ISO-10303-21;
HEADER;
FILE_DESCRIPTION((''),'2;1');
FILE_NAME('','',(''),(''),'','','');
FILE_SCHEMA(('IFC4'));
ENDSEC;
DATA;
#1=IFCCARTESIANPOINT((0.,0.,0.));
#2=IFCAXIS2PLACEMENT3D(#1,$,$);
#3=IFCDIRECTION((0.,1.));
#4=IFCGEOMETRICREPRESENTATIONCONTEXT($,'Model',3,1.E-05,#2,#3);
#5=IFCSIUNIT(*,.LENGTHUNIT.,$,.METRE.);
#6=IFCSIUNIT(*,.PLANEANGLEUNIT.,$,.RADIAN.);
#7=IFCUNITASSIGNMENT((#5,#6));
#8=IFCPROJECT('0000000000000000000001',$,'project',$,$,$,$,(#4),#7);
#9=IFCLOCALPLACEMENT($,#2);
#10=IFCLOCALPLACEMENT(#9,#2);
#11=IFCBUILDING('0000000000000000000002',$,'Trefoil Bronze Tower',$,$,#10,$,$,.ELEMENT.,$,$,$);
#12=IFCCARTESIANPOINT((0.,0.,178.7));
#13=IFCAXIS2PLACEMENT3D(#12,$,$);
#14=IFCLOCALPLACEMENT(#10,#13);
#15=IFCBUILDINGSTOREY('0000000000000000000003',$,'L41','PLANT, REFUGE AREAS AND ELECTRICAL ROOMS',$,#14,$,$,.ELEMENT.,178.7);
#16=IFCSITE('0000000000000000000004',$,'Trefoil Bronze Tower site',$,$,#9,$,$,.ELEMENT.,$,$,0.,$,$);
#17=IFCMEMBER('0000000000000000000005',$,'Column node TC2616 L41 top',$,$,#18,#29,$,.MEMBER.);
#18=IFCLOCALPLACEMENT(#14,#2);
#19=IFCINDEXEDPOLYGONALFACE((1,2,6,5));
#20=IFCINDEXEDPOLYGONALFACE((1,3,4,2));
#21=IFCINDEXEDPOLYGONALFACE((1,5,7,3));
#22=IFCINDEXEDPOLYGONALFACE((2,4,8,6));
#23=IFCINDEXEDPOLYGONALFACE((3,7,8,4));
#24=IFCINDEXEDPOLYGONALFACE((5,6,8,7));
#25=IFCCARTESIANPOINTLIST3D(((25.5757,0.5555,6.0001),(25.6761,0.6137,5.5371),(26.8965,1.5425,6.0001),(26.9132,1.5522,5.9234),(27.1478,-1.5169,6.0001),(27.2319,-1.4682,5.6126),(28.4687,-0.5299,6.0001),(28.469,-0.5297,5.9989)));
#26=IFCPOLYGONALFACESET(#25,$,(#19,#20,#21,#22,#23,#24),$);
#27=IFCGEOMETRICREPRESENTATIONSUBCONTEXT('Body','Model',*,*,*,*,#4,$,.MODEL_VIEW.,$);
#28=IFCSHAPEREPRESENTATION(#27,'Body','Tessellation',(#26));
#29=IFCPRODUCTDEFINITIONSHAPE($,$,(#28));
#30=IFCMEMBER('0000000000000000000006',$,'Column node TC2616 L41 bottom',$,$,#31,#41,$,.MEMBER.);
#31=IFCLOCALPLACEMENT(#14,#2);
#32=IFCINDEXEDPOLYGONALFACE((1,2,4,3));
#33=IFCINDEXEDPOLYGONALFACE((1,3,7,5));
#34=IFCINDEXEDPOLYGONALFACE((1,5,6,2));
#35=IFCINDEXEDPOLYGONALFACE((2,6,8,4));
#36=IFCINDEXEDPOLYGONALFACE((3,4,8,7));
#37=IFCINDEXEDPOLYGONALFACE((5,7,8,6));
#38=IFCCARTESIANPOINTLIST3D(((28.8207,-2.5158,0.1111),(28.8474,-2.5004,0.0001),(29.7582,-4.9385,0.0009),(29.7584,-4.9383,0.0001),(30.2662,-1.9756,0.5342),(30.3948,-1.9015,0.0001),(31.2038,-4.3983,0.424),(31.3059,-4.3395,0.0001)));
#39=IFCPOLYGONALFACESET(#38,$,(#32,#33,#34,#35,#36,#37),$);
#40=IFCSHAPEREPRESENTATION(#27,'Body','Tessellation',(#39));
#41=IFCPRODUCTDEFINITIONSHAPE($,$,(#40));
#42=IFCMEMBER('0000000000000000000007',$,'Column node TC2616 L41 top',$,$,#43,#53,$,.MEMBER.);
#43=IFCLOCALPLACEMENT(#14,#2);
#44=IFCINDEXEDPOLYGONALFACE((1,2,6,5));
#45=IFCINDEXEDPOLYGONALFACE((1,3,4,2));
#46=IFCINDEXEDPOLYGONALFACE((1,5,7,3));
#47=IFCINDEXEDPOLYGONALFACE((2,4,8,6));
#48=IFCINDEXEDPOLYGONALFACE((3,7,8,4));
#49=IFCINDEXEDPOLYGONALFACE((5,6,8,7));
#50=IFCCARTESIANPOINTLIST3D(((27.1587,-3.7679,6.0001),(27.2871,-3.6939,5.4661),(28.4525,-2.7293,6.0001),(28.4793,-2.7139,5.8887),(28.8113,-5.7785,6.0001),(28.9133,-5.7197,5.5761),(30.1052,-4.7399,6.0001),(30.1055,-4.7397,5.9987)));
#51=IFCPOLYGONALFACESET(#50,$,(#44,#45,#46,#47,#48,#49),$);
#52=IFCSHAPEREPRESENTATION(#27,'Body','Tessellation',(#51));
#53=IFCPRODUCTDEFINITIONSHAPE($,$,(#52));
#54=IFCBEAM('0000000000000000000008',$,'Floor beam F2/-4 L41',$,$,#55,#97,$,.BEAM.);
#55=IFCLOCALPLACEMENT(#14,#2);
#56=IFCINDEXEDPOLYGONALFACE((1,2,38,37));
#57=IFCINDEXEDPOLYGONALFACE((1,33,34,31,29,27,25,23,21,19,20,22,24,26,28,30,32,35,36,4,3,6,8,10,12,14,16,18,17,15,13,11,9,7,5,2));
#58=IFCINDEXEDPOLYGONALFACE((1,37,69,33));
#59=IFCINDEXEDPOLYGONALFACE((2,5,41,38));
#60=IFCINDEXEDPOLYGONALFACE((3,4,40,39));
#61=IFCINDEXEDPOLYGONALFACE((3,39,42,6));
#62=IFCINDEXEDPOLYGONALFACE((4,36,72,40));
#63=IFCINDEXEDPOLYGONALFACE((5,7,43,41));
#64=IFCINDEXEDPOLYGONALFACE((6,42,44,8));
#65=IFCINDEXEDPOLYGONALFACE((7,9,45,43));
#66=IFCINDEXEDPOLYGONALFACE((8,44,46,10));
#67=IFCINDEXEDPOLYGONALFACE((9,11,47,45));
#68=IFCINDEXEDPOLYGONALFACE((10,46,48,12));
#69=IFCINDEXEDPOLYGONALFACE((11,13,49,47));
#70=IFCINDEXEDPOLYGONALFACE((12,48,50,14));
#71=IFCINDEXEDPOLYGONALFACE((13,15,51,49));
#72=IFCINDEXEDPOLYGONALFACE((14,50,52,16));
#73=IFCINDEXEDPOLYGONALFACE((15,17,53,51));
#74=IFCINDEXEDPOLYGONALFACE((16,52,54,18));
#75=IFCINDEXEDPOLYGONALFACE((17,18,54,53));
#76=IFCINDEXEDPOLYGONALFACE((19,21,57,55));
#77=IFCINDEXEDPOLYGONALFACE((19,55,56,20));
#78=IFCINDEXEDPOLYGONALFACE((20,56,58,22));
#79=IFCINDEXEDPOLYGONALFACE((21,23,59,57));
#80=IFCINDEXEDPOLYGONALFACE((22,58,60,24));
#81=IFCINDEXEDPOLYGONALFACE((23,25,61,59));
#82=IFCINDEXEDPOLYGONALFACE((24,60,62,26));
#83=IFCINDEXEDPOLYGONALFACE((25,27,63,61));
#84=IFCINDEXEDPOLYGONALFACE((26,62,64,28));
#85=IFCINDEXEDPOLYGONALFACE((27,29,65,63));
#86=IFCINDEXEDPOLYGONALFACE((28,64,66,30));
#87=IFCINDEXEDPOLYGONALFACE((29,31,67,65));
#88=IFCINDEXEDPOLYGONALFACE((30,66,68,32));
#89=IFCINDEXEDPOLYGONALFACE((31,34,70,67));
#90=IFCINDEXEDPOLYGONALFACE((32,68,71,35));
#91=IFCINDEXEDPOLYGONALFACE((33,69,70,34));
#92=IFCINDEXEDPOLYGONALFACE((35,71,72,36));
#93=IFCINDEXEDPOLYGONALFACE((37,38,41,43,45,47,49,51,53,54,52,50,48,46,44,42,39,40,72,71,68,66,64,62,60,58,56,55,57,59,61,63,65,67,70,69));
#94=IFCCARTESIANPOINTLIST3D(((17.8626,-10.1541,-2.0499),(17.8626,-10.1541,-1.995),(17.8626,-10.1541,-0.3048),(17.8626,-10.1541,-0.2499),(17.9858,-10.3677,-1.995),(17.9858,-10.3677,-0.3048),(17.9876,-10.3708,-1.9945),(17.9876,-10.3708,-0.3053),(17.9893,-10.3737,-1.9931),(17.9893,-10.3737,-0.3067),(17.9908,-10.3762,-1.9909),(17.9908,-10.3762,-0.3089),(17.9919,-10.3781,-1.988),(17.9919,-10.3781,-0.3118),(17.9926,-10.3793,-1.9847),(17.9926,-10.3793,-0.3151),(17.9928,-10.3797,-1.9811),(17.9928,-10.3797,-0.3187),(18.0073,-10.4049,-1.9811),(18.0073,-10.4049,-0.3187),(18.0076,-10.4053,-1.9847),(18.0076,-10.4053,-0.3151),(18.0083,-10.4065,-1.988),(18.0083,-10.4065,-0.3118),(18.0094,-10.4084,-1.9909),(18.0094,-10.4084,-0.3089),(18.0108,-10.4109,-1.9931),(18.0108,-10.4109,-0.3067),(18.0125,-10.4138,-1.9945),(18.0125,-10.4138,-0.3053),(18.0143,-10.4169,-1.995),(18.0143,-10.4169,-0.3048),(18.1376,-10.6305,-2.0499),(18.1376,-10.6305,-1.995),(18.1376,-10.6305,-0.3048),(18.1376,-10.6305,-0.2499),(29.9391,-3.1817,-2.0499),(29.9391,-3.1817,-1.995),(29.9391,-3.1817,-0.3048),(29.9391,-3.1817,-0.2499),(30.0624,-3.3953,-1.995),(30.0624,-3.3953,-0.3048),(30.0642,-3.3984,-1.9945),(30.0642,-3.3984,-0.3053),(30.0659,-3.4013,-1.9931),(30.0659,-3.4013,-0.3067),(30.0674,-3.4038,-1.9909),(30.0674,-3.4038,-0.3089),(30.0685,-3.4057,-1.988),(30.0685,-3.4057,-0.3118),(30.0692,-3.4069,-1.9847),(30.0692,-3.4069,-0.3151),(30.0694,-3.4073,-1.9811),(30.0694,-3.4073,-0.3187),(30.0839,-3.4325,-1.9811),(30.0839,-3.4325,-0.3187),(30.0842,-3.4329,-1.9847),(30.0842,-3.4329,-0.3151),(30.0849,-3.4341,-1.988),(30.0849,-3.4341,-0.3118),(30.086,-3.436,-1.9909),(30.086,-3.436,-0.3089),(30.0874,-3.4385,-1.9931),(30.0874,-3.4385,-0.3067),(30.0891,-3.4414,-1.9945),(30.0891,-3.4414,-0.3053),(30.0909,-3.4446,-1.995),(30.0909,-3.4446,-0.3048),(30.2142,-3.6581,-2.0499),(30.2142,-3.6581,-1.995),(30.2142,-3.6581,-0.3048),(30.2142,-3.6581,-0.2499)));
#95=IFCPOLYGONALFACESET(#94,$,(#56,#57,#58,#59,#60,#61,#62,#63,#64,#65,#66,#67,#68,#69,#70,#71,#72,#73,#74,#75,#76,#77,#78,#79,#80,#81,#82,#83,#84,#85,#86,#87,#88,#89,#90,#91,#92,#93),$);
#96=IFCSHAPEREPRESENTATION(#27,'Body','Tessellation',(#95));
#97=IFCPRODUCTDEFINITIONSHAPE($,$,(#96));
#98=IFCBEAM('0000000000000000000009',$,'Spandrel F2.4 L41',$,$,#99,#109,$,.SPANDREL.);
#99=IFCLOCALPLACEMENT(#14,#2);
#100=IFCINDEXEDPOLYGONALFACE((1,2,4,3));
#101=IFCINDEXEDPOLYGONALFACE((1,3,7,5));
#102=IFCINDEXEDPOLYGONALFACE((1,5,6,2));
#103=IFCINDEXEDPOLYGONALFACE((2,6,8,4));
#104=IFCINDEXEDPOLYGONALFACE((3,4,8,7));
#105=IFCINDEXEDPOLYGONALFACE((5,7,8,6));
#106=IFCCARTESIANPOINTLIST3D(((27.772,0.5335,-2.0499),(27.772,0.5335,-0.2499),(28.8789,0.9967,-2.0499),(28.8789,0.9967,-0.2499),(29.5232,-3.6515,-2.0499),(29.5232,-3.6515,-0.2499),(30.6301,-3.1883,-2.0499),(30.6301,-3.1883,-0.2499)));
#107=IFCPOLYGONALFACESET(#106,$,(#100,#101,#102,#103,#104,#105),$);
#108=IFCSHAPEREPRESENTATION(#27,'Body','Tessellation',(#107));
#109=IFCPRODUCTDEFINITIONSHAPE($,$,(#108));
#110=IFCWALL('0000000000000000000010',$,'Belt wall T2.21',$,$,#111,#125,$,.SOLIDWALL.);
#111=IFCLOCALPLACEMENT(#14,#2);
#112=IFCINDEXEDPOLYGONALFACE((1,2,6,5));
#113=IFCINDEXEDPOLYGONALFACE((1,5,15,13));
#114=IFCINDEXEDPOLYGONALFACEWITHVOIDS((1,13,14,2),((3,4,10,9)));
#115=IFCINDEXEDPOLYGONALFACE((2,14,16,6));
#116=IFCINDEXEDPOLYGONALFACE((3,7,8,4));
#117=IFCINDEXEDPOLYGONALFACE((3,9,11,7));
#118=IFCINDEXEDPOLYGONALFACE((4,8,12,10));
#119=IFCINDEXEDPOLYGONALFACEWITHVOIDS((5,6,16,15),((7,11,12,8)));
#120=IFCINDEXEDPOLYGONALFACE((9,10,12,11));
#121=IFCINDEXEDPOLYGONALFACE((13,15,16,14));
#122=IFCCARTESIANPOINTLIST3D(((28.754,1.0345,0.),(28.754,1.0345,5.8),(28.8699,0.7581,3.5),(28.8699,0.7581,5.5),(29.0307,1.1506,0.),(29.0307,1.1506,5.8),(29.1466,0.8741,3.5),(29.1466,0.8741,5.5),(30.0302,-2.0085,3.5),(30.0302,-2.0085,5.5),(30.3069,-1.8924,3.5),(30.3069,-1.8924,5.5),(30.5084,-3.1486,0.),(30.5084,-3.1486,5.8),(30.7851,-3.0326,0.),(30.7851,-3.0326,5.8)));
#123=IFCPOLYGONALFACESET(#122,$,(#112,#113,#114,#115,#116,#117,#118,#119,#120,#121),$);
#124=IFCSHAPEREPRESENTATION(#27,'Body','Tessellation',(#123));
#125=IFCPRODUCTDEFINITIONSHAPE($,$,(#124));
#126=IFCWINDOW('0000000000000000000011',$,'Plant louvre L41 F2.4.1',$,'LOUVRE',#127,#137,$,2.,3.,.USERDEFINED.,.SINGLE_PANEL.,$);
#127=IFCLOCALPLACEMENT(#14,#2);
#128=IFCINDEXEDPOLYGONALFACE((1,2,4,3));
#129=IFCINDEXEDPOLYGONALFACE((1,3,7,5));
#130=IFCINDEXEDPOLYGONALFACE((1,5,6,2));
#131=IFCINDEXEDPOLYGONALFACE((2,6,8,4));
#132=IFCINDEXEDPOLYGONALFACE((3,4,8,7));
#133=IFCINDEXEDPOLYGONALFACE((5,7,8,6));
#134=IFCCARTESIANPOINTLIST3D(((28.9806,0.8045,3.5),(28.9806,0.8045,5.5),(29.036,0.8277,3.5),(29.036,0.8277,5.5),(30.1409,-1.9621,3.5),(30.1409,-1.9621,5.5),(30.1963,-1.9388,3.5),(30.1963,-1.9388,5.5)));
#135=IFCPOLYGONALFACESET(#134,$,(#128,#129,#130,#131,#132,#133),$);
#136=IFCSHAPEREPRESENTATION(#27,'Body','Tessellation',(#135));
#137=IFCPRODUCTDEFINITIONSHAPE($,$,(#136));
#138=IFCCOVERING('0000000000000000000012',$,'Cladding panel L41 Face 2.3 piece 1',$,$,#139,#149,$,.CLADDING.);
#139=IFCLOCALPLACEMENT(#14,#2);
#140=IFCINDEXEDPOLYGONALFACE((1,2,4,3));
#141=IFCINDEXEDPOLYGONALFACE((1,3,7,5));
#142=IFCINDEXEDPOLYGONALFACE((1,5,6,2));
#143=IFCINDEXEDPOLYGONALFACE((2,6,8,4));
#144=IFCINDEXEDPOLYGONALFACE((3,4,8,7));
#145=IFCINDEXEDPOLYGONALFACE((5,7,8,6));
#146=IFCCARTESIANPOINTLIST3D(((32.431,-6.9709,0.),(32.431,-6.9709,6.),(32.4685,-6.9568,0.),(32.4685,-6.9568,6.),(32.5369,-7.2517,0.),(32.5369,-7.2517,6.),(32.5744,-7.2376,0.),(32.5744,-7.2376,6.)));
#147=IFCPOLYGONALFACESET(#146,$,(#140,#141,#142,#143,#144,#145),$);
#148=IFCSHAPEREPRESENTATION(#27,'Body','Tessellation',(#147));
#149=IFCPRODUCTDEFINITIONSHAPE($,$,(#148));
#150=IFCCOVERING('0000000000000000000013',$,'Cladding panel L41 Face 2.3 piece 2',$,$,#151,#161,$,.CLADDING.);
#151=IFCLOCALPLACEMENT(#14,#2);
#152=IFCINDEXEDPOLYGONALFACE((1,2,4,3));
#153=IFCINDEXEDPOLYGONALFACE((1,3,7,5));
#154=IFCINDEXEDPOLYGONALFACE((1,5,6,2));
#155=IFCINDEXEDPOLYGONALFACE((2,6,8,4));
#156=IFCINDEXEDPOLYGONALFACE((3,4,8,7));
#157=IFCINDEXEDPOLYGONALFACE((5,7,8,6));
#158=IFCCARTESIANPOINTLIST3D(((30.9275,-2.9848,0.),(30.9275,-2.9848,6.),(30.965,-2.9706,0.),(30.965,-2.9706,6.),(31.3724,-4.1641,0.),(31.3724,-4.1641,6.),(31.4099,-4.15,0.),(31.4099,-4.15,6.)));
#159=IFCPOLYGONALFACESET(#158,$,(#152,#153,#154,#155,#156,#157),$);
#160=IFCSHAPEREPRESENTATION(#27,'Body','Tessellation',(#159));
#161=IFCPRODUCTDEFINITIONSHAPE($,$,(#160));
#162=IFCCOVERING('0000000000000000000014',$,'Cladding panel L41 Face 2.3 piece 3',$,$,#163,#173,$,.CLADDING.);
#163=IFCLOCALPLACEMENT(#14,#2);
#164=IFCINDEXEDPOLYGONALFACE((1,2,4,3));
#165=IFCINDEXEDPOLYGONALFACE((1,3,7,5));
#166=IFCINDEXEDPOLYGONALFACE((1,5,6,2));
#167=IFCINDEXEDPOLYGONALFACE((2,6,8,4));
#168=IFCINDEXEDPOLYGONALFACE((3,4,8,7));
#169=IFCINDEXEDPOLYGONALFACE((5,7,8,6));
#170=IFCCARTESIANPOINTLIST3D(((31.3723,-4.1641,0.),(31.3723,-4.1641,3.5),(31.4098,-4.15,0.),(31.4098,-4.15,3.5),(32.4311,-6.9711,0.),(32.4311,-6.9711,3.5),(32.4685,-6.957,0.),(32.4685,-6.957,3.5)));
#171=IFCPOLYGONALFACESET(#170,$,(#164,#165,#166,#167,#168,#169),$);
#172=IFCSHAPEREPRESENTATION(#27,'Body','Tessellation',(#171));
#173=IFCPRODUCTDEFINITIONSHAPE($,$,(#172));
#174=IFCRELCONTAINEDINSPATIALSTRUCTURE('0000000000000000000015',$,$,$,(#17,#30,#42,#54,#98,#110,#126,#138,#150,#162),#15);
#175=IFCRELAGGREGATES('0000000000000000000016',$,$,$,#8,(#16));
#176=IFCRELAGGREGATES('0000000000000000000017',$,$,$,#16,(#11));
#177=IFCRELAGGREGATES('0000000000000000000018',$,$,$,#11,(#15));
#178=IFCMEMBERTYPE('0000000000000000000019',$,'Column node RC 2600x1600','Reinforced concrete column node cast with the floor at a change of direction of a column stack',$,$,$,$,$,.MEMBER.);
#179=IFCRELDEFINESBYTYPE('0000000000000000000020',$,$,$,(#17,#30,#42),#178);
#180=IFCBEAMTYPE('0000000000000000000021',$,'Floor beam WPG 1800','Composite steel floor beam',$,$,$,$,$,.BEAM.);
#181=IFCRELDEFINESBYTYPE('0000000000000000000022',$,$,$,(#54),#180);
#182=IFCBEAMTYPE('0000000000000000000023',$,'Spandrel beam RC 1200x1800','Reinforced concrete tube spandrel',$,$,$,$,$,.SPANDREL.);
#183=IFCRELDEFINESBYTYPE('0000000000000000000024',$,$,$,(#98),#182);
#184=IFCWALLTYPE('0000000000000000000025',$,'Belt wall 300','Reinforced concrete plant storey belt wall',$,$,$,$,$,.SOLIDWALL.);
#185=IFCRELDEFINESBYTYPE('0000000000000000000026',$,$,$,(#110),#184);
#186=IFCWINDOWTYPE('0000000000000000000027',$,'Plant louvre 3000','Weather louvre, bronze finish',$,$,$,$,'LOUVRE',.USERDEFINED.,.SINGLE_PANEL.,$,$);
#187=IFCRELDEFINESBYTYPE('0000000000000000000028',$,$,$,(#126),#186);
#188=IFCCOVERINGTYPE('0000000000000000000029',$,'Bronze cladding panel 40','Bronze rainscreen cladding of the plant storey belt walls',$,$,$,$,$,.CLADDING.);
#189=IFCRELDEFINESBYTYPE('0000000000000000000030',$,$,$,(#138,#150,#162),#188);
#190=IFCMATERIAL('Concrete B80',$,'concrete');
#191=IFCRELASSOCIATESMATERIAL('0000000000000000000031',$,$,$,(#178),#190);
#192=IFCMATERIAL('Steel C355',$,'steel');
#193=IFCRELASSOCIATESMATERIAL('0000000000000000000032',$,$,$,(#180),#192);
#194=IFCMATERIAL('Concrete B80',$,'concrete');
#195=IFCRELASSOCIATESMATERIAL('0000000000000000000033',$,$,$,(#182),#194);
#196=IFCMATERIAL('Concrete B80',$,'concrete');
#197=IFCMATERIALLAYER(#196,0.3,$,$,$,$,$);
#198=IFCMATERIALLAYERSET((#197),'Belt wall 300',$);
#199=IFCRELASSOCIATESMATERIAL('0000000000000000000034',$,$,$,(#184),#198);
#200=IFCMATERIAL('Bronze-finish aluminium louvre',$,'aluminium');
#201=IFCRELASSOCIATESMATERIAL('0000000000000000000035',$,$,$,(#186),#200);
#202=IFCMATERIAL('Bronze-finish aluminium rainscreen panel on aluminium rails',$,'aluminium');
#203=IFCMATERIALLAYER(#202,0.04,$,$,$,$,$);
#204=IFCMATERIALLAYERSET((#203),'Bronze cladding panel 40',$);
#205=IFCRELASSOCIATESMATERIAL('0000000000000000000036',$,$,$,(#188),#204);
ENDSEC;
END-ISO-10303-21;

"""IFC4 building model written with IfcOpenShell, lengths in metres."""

from ifc_helpers import new_model, si_unit, direction, frame, frame_2d, origin, origin_2d, place, context, subcontext, project, spatial, rectangle, i_section, extrude, clip, halfspace, material, layer, layer_set, material_profile, profile_set, type_object, element, fill, save


model = new_model("IFC4")

# Units and contexts
model_context = context("Model", 3, precision=1e-05, world=origin(), true_north=direction((0.0, 1.0)))
body_context = subcontext(model_context, "Body", "Model", "MODEL_VIEW")
ifc_project = project(units=[si_unit("LENGTHUNIT", "METRE"), si_unit("PLANEANGLEUNIT", "RADIAN")], contexts=[model_context])

# Site, building, storey
site_placement = place(None, origin())
site = spatial("IfcSite", under=ifc_project, at=site_placement, Name="Trefoil Bronze Tower site", CompositionType="ELEMENT", RefElevation=0.0)
building_placement = place(site_placement, origin())
building = spatial("IfcBuilding", under=site, at=building_placement, Name="Trefoil Bronze Tower", CompositionType="ELEMENT")
storey_placement = place(building_placement, frame((0.0, 0.0, 178.7)))
storey = spatial("IfcBuildingStorey", under=building, at=storey_placement, Name="L41", Description="PLANT, REFUGE AREAS AND ELECTRICAL ROOMS", CompositionType="ELEMENT", Elevation=178.7)

# Members
ifc_material_1 = material(Name="Concrete B80", Category="concrete")
ifc_material_profile_1 = material_profile(ifc_material_1, rectangle(XDim=2.6001, YDim=1.6001, at=origin_2d()), Name="RC 2600x1600")
ifc_profile_set_1 = profile_set([ifc_material_profile_1], Name="Concrete B80")
member_type = type_object("IfcMemberType", Name="Column node RC 2600x1600", Description="Reinforced concrete column node cast with the floor at a change of direction of a column stack", PredefinedType="MEMBER", material=ifc_profile_set_1)
member_1_placement = place(storey_placement, frame((26.9719, -0.0164, 6.2319), z_axis=(0.210334, 0.122014, -0.969986), x_axis=(0.598355, -0.800705, 0.029028)))
element("IfcMember", 1, at=member_1_placement, inside=storey, type_object=member_type, Name="Column node TC2616 L41 top", PredefinedType="MEMBER", context=body_context, shape_type="Clipping", body=[
    clip(extrude(rectangle(XDim=2.6001, YDim=1.6001, at=origin_2d()), origin(), (0.0, 0.0, 1.0), 0.4783), halfspace(frame((0.0, 0.0, 0.239), z_axis=(-0.029028, 0.241423, 0.969986), x_axis=(0.0, 0.970395, -0.241525)), True)),
])
member_2_placement = place(storey_placement, frame((30.1411, -3.3828, -0.2676), z_axis=(-0.232078, -0.133621, 0.963476), x_axis=(-0.360588, 0.931762, 0.042365)))
element("IfcMember", 2, at=member_2_placement, inside=storey, type_object=member_type, Name="Column node TC2616 L41 bottom", PredefinedType="MEMBER", context=body_context, shape_type="Clipping", body=[
    clip(extrude(rectangle(XDim=2.6001, YDim=1.6001, at=origin_2d()), origin(), (0.0, 0.0, 1.0), 0.5554), halfspace(frame((0.0, 0.0, 0.2778), z_axis=(0.042365, -0.264424, 0.963476), x_axis=(0.0, 0.964341, 0.264661)), True)),
])
member_3_placement = place(storey_placement, frame((28.5676, -4.291, 6.2676), z_axis=(0.231662, 0.133634, -0.963574), x_axis=(0.625426, -0.779135, 0.04231)))
element("IfcMember", 3, at=member_3_placement, inside=storey, type_object=member_type, Name="Column node TC2616 L41 top", PredefinedType="MEMBER", context=body_context, shape_type="Clipping", body=[
    clip(extrude(rectangle(XDim=2.6001, YDim=1.6001, at=origin_2d()), origin(), (0.0, 0.0, 1.0), 0.5554), halfspace(frame((0.0, 0.0, 0.2776), z_axis=(-0.04231, 0.264075, 0.963574), x_axis=(0.0, 0.964437, -0.264311)), True)),
])

# Beams
ifc_material_2 = material(Name="Steel C355", Category="steel")
ifc_material_profile_2 = material_profile(ifc_material_2, i_section(OverallWidth=0.55, OverallDepth=1.8, WebThickness=0.0291, FlangeThickness=0.0549, FilletRadius=0.0139, at=origin_2d()), Name="WPG 1800")
ifc_profile_set_2 = profile_set([ifc_material_profile_2], Name="Steel C355")
beam_type_1 = type_object("IfcBeamType", Name="Floor beam WPG 1800", Description="Composite steel floor beam", PredefinedType="BEAM", material=ifc_profile_set_2)
beam_1_placement = place(storey_placement, frame((30.0767, -3.4199, -1.1499), z_axis=(-0.866027, -0.499997, 0.0), x_axis=(0.499997, -0.866027, 0.0)))
element("IfcBeam", 4, at=beam_1_placement, inside=storey, type_object=beam_type_1, Name="Floor beam F2/-4 L41", PredefinedType="BEAM", context=body_context, shape_type="SweptSolid", body=[
    extrude(i_section(OverallWidth=0.55, OverallDepth=1.8, WebThickness=0.0291, FlangeThickness=0.0549, FilletRadius=0.0139, at=origin_2d()), origin(), (0.0, 0.0, 1.0), 13.9448),
])
ifc_material_3 = material(Name="Concrete B80", Category="concrete")
ifc_material_profile_3 = material_profile(ifc_material_3, rectangle(XDim=1.2, YDim=1.8, at=origin_2d()), Name="RC 1200x1800")
ifc_profile_set_3 = profile_set([ifc_material_profile_3], Name="Concrete B80")
beam_type_2 = type_object("IfcBeamType", Name="Spandrel beam RC 1200x1800", Description="Reinforced concrete tube spandrel", PredefinedType="SPANDREL", material=ifc_profile_set_3)
beam_2_placement = place(storey_placement, frame((30.0767, -3.4199, -1.1499), z_axis=(-0.386013, 0.922493, 0.0), x_axis=(-0.922493, -0.386013, 0.0)))
element("IfcBeam", 5, at=beam_2_placement, inside=storey, type_object=beam_type_2, Name="Spandrel F2.4 L41", PredefinedType="SPANDREL", context=body_context, shape_type="SweptSolid", body=[
    extrude(rectangle(XDim=1.2, YDim=1.8, at=origin_2d()), origin(), (0.0, 0.0, 1.0), 4.5366),
])

# Wall, opening, window
ifc_material_4 = material(Name="Concrete B80", Category="concrete")
ifc_layer_1 = layer(ifc_material_4, 0.3)
ifc_layer_set_1 = layer_set([ifc_layer_1], Name="Belt wall 300")
wall_type = type_object("IfcWallType", Name="Belt wall 300", Description="Reinforced concrete plant storey belt wall", PredefinedType="SOLIDWALL", material=ifc_layer_set_1)
wall_placement = place(storey_placement, frame((30.6467, -3.0906, 0.0), z_axis=(0.0, 0.0, 1.0), x_axis=(-0.386762, 0.92218, 0.0)))
wall = element("IfcWall", 6, at=wall_placement, inside=storey, type_object=wall_type, Name="Belt wall T2.21", PredefinedType="SOLIDWALL", context=body_context, shape_type="SweptSolid", body=[
    extrude(rectangle(XDim=4.5361, YDim=0.3, at=frame_2d((2.2681, 0.0))), origin(), (0.0, 0.0, 1.0), 5.8),
])
opening_placement = place(wall_placement, frame((1.2363, 0.0, 3.5)))
opening = element("IfcOpeningElement", 7, at=opening_placement, cuts=wall, PredefinedType="OPENING", context=body_context, shape_type="SweptSolid", body=[
    extrude(rectangle(XDim=3.0, YDim=2.0, at=frame_2d((1.5, 1.0))), frame((0.0, 0.1599, 0.0), z_axis=(0.0, -1.0, 0.0), x_axis=(1.0, 0.0, 0.0)), (0.0, 0.0, 1.0), 0.3201),
])
ifc_material_5 = material(Name="Bronze-finish aluminium louvre", Category="aluminium")
window_type = type_object("IfcWindowType", Name="Plant louvre 3000", Description="Weather louvre, bronze finish", ElementType="LOUVRE", PartitioningType="SINGLE_PANEL", PredefinedType="USERDEFINED", material=ifc_material_5)
window_placement = place(opening_placement, origin())
window = element("IfcWindow", 8, at=window_placement, inside=storey, type_object=window_type, Name="Plant louvre L41 F2.4.1", ObjectType="LOUVRE", OverallHeight=2.0, OverallWidth=3.0, PartitioningType="SINGLE_PANEL", PredefinedType="USERDEFINED", context=body_context, shape_type="SweptSolid", body=[
    extrude(rectangle(XDim=3.0, YDim=2.0, at=frame_2d((1.5, 1.0))), frame((0.0, 0.03, 0.0), z_axis=(0.0, -1.0, 0.0), x_axis=(1.0, 0.0, 0.0)), (0.0, 0.0, 1.0), 0.0601),
])
fill(opening, window)

# Coverings
ifc_material_6 = material(Name="Bronze-finish aluminium rainscreen panel on aluminium rails", Category="aluminium")
ifc_layer_2 = layer(ifc_material_6, 0.04)
ifc_layer_set_2 = layer_set([ifc_layer_2], Name="Bronze cladding panel 40")
covering_type_1 = type_object("IfcCoveringType", Name="Bronze cladding panel 40", Description="Bronze rainscreen cladding of the plant storey belt walls", PredefinedType="CLADDING", material=ifc_layer_set_2)
covering_1_placement = place(storey_placement, frame((32.5027, -7.1042, 0.0), z_axis=(0.0, 0.0, 1.0), x_axis=(-0.35292, 0.935654, 0.0)))
element("IfcCovering", 9, at=covering_1_placement, inside=storey, type_object=covering_type_1, Name="Cladding panel L41 Face 2.3 piece 1", PredefinedType="CLADDING", context=body_context, shape_type="SweptSolid", body=[
    extrude(rectangle(XDim=0.3, YDim=0.04, at=origin_2d()), origin(), (0.0, 0.0, 1.0), 6.0),
])
covering_2_placement = place(storey_placement, frame((31.1687, -3.5674, 0.0), z_axis=(0.0, 0.0, 1.0), x_axis=(-0.35292, 0.935654, 0.0)))
element("IfcCovering", 10, at=covering_2_placement, inside=storey, type_object=covering_type_1, Name="Cladding panel L41 Face 2.3 piece 2", PredefinedType="CLADDING", context=body_context, shape_type="SweptSolid", body=[
    extrude(rectangle(XDim=1.2605, YDim=0.04, at=origin_2d()), origin(), (0.0, 0.0, 1.0), 6.0),
])
covering_3_placement = place(storey_placement, frame((31.9204, -5.5605, 0.0), z_axis=(0.0, 0.0, 1.0), x_axis=(-0.35292, 0.935654, 0.0)))
element("IfcCovering", 11, at=covering_3_placement, inside=storey, type_object=covering_type_1, Name="Cladding panel L41 Face 2.3 piece 3", PredefinedType="CLADDING", context=body_context, shape_type="SweptSolid", body=[
    extrude(rectangle(XDim=3.0, YDim=0.04, at=origin_2d()), origin(), (0.0, 0.0, 1.0), 3.5),
])

save(model, "model.ifc")
